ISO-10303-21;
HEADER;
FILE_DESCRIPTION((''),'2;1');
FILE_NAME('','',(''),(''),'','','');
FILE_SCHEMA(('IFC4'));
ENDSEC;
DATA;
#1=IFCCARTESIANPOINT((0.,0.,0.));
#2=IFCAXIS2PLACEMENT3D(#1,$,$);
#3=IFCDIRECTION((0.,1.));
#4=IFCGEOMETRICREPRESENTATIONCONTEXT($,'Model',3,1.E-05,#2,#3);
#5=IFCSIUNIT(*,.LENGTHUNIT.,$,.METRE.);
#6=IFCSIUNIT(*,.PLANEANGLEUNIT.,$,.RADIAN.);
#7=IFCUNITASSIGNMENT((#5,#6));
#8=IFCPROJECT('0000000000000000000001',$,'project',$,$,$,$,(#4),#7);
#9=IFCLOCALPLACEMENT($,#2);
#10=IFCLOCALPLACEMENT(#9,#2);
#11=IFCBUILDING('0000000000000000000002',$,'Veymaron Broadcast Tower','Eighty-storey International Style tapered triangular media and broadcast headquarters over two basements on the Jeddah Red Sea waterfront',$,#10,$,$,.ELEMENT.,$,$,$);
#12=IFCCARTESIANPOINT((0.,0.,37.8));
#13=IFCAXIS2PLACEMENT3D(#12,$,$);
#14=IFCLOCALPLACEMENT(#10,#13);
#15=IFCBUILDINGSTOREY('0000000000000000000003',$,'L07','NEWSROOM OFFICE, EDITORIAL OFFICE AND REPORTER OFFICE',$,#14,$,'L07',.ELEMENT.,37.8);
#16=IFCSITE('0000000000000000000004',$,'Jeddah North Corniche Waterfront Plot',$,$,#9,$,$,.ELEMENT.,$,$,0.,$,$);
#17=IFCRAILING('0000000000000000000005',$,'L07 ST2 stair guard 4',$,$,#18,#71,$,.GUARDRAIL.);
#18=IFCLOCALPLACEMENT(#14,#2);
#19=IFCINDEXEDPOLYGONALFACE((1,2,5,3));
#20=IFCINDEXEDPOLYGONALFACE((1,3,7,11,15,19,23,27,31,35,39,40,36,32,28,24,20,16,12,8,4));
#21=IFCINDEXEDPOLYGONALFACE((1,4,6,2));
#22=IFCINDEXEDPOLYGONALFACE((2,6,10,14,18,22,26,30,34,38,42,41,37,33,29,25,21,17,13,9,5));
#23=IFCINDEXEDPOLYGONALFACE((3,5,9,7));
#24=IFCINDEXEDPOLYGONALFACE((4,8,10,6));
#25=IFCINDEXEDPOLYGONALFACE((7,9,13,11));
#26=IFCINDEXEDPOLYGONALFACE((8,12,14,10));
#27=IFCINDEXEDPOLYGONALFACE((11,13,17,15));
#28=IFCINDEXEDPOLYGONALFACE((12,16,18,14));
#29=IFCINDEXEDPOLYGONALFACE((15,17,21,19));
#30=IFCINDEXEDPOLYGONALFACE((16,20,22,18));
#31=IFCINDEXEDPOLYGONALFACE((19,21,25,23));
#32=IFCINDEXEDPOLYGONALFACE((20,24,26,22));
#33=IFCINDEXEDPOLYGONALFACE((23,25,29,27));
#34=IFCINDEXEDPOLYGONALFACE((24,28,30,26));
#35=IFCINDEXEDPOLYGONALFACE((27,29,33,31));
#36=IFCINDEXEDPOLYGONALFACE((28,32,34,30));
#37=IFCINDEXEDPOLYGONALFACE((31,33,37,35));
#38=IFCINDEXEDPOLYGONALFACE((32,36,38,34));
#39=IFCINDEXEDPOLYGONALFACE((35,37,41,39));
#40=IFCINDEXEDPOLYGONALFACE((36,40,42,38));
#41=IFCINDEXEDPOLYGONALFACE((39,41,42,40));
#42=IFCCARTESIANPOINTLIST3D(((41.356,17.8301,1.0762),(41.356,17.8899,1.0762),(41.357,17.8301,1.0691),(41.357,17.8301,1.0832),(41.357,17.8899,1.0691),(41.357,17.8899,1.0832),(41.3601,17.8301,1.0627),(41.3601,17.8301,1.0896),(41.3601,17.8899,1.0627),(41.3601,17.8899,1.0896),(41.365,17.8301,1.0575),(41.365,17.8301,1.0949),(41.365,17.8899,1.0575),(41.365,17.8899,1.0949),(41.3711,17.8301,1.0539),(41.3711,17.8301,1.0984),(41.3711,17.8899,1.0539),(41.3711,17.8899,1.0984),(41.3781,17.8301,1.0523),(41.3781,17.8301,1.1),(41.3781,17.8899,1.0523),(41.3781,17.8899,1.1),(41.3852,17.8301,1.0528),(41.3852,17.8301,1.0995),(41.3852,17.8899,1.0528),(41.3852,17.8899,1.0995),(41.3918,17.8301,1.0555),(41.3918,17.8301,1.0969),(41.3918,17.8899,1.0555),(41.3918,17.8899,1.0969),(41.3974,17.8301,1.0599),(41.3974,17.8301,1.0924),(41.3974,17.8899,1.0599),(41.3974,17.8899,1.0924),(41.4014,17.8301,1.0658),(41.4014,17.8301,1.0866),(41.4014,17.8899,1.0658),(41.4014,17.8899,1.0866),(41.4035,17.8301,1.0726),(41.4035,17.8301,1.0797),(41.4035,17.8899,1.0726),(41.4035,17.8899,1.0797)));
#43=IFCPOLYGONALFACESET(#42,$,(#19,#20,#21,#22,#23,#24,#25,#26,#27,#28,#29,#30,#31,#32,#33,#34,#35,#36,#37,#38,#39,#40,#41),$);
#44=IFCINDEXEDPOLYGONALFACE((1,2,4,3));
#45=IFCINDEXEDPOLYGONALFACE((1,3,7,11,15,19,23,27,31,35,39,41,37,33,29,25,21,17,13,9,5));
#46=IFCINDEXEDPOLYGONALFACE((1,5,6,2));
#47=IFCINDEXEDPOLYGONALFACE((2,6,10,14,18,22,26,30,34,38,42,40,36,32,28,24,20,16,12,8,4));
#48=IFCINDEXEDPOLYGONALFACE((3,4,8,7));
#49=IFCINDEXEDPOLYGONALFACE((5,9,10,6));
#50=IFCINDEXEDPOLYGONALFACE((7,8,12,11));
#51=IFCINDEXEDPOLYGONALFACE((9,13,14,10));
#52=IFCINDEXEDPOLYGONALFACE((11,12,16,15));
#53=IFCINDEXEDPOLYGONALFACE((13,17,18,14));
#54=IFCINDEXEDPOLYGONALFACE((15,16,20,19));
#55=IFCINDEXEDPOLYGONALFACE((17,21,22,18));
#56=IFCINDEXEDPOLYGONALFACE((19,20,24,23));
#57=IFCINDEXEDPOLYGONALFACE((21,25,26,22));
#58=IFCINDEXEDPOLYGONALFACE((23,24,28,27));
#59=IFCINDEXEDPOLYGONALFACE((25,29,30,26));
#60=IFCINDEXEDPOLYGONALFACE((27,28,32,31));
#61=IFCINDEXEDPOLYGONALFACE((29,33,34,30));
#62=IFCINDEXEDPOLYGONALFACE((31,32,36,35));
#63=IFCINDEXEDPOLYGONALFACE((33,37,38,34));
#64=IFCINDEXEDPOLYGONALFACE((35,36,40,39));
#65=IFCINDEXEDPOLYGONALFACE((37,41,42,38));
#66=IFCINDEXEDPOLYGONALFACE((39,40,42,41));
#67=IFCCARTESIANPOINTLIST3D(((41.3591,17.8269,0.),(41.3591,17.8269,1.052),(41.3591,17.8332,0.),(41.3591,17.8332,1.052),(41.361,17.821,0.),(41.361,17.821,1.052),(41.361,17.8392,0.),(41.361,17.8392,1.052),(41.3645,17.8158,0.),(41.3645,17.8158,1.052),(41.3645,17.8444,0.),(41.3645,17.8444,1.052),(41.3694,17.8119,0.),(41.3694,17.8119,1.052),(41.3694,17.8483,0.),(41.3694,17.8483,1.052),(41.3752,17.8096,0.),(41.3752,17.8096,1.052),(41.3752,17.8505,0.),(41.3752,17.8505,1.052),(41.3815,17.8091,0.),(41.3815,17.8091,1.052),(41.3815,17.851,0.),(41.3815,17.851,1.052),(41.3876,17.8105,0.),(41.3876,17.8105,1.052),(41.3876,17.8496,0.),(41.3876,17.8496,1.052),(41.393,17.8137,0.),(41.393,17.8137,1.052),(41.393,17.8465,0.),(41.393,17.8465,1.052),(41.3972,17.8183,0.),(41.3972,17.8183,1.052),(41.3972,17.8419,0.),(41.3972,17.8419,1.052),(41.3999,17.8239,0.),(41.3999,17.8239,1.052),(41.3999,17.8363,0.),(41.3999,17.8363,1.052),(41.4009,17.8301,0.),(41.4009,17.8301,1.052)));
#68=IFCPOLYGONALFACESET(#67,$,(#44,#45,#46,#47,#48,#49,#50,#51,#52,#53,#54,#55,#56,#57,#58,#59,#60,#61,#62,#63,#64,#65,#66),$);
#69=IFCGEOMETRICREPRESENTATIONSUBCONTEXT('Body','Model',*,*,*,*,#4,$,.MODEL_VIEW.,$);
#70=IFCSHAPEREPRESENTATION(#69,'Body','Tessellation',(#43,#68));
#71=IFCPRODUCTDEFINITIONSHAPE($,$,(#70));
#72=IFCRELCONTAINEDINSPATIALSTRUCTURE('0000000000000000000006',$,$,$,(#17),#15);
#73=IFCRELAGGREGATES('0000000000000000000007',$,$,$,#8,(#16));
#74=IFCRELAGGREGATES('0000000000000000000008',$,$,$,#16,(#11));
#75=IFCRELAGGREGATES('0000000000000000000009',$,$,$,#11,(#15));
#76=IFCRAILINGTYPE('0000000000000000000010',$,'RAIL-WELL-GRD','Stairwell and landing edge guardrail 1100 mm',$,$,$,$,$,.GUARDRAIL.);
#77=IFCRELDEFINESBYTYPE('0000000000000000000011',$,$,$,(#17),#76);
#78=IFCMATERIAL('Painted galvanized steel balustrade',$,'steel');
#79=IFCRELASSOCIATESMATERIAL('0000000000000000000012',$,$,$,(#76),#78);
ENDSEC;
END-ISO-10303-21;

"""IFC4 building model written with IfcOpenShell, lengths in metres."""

from ifc_helpers import new_model, si_unit, direction, frame, origin, origin_2d, place, context, subcontext, project, spatial, circle, extrude, material, type_object, element, save


model = new_model("IFC4")

# Units and contexts
model_context = context("Model", 3, precision=1e-05, world=origin(), true_north=direction((0.0, 1.0)))
body_context = subcontext(model_context, "Body", "Model", "MODEL_VIEW")
ifc_project = project(units=[si_unit("LENGTHUNIT", "METRE"), si_unit("PLANEANGLEUNIT", "RADIAN")], contexts=[model_context])

# Site, building, storey
site_placement = place(None, origin())
site = spatial("IfcSite", under=ifc_project, at=site_placement, Name="Jeddah North Corniche Waterfront Plot", CompositionType="ELEMENT", RefElevation=0.0)
building_placement = place(site_placement, origin())
building = spatial("IfcBuilding", under=site, at=building_placement, Name="Veymaron Broadcast Tower", Description="Eighty-storey International Style tapered triangular media and broadcast headquarters over two basements on the Jeddah Red Sea waterfront", CompositionType="ELEMENT")
storey_placement = place(building_placement, frame((0.0, 0.0, 37.8)))
storey = spatial("IfcBuildingStorey", under=building, at=storey_placement, Name="L07", Description="NEWSROOM OFFICE, EDITORIAL OFFICE AND REPORTER OFFICE", LongName="L07", CompositionType="ELEMENT", Elevation=37.8)

# Railing
ifc_material_1 = material(Name="Painted galvanized steel balustrade", Category="steel")
railing_type_1 = type_object("IfcRailingType", Name="RAIL-WELL-GRD", Description="Stairwell and landing edge guardrail 1100 mm", PredefinedType="GUARDRAIL", material=ifc_material_1)
railing_1_placement = place(storey_placement, frame((41.3799, 17.8301, 0.0)))
element("IfcRailing", 1, at=railing_1_placement, inside=storey, type_object=railing_type_1, Name="L07 ST2 stair guard 4", PredefinedType="GUARDRAIL", context=body_context, shape_type="SweptSolid", body=[
    extrude(circle(Radius=0.0239, at=origin_2d()), frame((0.0, 0.0, 1.0762), z_axis=(0.0, 1.0, 0.0), x_axis=(-1.0, 0.0, 0.0)), (0.0, 0.0, 1.0), 0.0598),
    extrude(circle(Radius=0.021, at=origin_2d()), origin(), (0.0, 0.0, 1.0), 1.052),
])

save(model, "model.ifc")
